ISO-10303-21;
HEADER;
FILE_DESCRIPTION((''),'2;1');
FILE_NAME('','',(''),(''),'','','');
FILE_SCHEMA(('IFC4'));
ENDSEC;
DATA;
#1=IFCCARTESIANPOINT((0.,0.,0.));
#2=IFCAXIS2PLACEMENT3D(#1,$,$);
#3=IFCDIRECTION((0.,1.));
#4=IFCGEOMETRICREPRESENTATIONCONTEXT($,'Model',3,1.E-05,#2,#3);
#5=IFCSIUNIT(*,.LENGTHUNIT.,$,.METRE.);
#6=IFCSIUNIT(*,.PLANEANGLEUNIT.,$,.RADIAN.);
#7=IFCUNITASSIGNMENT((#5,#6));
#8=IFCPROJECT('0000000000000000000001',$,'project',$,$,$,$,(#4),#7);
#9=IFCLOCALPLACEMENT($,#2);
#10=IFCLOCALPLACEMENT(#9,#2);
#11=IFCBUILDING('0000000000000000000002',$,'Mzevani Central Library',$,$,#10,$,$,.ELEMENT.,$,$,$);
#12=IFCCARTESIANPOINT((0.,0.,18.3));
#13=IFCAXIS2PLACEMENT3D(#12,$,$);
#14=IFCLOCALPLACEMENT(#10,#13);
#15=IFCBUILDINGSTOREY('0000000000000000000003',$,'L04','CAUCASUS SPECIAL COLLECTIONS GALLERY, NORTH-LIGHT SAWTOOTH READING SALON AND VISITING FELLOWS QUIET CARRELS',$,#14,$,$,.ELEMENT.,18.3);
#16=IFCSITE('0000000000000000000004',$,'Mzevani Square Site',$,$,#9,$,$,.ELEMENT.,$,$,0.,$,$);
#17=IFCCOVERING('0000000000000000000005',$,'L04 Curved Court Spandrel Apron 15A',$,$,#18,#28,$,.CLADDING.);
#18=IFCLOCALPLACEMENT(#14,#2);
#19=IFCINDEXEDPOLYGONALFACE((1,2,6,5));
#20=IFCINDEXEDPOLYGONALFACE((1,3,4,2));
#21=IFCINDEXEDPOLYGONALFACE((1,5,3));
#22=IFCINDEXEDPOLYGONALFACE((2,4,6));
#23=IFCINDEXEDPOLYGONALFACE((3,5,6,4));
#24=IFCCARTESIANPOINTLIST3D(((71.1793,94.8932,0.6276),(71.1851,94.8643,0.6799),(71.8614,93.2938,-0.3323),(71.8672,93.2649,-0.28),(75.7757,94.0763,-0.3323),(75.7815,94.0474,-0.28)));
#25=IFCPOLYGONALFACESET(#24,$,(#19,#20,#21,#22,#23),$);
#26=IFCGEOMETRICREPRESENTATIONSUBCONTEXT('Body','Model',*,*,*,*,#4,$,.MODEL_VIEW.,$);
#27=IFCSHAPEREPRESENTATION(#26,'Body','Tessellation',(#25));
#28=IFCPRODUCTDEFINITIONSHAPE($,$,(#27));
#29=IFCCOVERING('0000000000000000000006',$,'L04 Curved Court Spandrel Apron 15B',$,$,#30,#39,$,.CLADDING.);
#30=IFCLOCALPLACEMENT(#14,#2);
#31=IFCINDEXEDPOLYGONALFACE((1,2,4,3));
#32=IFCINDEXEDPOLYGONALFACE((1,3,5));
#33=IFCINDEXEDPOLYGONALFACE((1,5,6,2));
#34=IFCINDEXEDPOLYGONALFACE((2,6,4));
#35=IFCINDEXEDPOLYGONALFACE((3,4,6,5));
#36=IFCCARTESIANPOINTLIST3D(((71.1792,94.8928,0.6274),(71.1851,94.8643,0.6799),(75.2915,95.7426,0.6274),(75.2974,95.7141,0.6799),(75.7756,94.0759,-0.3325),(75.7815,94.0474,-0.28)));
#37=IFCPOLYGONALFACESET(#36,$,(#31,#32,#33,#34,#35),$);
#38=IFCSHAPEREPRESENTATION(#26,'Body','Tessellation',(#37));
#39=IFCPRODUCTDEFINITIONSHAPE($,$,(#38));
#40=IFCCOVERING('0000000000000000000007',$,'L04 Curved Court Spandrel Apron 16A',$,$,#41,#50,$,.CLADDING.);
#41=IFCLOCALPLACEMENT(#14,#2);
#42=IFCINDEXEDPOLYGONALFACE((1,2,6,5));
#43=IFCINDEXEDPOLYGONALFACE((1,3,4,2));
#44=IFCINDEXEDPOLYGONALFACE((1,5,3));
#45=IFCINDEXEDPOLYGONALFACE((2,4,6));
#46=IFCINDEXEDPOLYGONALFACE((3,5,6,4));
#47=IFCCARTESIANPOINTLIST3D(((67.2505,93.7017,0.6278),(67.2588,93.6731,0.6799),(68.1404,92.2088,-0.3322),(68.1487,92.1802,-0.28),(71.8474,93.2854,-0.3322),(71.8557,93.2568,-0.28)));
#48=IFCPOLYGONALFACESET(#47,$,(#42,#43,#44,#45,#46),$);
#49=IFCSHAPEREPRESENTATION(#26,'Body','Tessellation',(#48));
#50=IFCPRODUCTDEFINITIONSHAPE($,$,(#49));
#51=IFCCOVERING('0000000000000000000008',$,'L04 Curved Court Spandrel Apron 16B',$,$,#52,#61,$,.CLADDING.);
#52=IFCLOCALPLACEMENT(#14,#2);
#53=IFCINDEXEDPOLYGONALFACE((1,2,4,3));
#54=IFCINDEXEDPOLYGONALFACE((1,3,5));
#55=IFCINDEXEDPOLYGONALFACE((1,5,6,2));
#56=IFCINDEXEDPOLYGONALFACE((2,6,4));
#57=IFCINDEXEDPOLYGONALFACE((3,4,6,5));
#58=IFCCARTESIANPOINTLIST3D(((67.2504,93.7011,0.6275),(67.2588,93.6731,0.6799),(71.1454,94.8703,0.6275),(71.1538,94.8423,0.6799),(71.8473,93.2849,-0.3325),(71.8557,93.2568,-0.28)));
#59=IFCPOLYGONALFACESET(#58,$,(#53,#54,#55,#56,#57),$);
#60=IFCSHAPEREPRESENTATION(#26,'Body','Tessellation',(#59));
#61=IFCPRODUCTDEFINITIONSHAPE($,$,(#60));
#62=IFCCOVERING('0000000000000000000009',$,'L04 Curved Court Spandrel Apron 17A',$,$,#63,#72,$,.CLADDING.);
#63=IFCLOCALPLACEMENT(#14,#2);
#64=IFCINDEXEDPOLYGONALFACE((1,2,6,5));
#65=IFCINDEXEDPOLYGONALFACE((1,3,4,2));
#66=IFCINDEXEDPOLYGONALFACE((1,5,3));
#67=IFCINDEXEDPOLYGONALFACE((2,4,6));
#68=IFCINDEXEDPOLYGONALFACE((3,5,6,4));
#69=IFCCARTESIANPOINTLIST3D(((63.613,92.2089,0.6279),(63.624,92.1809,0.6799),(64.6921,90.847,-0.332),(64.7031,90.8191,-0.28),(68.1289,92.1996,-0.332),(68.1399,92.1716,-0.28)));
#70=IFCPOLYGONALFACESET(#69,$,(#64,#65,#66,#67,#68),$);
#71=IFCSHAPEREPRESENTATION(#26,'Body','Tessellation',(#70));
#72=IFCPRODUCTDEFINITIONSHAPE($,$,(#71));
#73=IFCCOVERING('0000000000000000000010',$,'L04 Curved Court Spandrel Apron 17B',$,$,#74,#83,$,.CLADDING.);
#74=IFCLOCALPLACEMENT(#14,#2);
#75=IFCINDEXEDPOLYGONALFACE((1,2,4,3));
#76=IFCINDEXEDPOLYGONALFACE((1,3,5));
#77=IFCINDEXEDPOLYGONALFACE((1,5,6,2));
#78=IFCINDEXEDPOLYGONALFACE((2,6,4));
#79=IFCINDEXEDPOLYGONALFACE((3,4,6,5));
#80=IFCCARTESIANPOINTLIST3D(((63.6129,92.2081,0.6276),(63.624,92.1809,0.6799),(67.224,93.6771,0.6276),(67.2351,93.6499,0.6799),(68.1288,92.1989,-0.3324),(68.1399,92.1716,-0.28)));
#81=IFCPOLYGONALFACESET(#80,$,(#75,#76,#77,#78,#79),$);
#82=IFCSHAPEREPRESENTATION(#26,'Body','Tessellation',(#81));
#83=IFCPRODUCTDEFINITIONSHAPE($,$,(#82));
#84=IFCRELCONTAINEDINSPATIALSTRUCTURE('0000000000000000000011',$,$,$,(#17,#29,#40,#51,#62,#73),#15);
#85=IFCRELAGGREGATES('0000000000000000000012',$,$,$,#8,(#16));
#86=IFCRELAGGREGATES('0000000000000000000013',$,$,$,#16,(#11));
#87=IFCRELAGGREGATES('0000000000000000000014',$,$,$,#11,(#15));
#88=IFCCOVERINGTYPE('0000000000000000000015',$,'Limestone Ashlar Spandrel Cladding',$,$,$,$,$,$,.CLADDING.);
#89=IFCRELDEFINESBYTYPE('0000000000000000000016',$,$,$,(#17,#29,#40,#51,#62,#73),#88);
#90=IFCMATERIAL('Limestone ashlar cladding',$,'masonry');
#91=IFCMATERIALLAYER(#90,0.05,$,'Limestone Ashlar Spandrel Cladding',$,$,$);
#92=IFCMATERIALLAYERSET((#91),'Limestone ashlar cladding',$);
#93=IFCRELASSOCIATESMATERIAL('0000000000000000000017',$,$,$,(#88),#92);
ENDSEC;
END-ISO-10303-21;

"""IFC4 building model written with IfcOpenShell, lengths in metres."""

from ifc_helpers import new_model, si_unit, direction, frame, origin, place, context, subcontext, project, spatial, polyline, outline, extrude, material, layer, layer_set, type_object, element, save


model = new_model("IFC4")

# Units and contexts
model_context = context("Model", 3, precision=1e-05, world=origin(), true_north=direction((0.0, 1.0)))
body_context = subcontext(model_context, "Body", "Model", "MODEL_VIEW")
ifc_project = project(units=[si_unit("LENGTHUNIT", "METRE"), si_unit("PLANEANGLEUNIT", "RADIAN")], contexts=[model_context])

# Site, building, storey
site_placement = place(None, origin())
site = spatial("IfcSite", under=ifc_project, at=site_placement, Name="Mzevani Square Site", CompositionType="ELEMENT", RefElevation=0.0)
building_placement = place(site_placement, origin())
building = spatial("IfcBuilding", under=site, at=building_placement, Name="Mzevani Central Library", CompositionType="ELEMENT")
storey_placement = place(building_placement, frame((0.0, 0.0, 18.3)))
storey = spatial("IfcBuildingStorey", under=building, at=storey_placement, Name="L04", Description="CAUCASUS SPECIAL COLLECTIONS GALLERY, NORTH-LIGHT SAWTOOTH READING SALON AND VISITING FELLOWS QUIET CARRELS", CompositionType="ELEMENT", Elevation=18.3)

# Coverings
ifc_material_1 = material(Name="Limestone ashlar cladding", Category="masonry")
ifc_layer_1 = layer(ifc_material_1, 0.05, Name="Limestone Ashlar Spandrel Cladding")
ifc_layer_set_1 = layer_set([ifc_layer_1], Name="Limestone ashlar cladding")
covering_type = type_object("IfcCoveringType", Name="Limestone Ashlar Spandrel Cladding", PredefinedType="CLADDING", material=ifc_layer_set_1)
covering_1_placement = place(storey_placement, frame((75.7815, 94.0474, -0.28), z_axis=(0.096297, -0.481725, 0.871016), x_axis=(-0.980599, -0.196022, 0.0)))
element("IfcCovering", 1, at=covering_1_placement, inside=storey, type_object=covering_type, Name="L04 Curved Court Spandrel Apron 15A", PredefinedType="CLADDING", context=body_context, shape_type="SweptSolid", body=[
    extrude(outline(polyline([(0.0, 0.0), (3.9917, 0.0), (4.3471, -1.9541), (0.0, 0.0)])), origin(), (0.0, 0.0, -1.0), 0.0601),
])
covering_2_placement = place(storey_placement, frame((75.7815, 94.0474, -0.28), z_axis=(0.098186, -0.475108, 0.874432), x_axis=(-0.964394, 0.171396, 0.201413)))
element("IfcCovering", 2, at=covering_2_placement, inside=storey, type_object=covering_type, Name="L04 Curved Court Spandrel Apron 15B", PredefinedType="CLADDING", context=body_context, shape_type="SweptSolid", body=[
    extrude(outline(polyline([(0.0, 0.0), (4.7661, 0.0), (0.9459, -1.7433), (0.0, 0.0)])), origin(), (0.0, 0.0, -1.0), 0.0601),
])
covering_3_placement = place(storey_placement, frame((71.8557, 93.2568, -0.28), z_axis=(0.138258, -0.476035, 0.86849), x_axis=(-0.960317, -0.278912, 0.0)))
element("IfcCovering", 3, at=covering_3_placement, inside=storey, type_object=covering_type, Name="L04 Curved Court Spandrel Apron 16A", PredefinedType="CLADDING", context=body_context, shape_type="SweptSolid", body=[
    extrude(outline(polyline([(0.0, 0.0), (3.8602, 0.0), (4.2984, -1.9366), (0.0, 0.0)])), origin(), (0.0, 0.0, -1.0), 0.0601),
])
covering_4_placement = place(storey_placement, frame((71.8557, 93.2568, -0.28), z_axis=(0.140095, -0.466711, 0.873244), x_axis=(-0.975061, 0.088294, 0.203619)))
element("IfcCovering", 4, at=covering_4_placement, inside=storey, type_object=covering_type, Name="L04 Curved Court Spandrel Apron 16B", PredefinedType="CLADDING", context=body_context, shape_type="SweptSolid", body=[
    extrude(outline(polyline([(0.0, 0.0), (4.7145, 0.0), (1.0199, -1.6993), (0.0, 0.0)])), origin(), (0.0, 0.0, -1.0), 0.0601),
])
covering_5_placement = place(storey_placement, frame((68.1399, 92.1716, -0.28), z_axis=(0.183131, -0.465331, 0.865985), x_axis=(-0.930532, -0.366211, 0.0)))
element("IfcCovering", 5, at=covering_5_placement, inside=storey, type_object=covering_type, Name="L04 Curved Court Spandrel Apron 17A", PredefinedType="CLADDING", context=body_context, shape_type="SweptSolid", body=[
    extrude(outline(polyline([(0.0, 0.0), (3.6933, 0.0), (4.1988, -1.9197), (0.0, 0.0)])), origin(), (0.0, 0.0, -1.0), 0.0601),
])
covering_6_placement = place(storey_placement, frame((68.1399, 92.1716, -0.28), z_axis=(0.184439, -0.453387, 0.872022), x_axis=(-0.978142, 0.002009, 0.207929)))
element("IfcCovering", 6, at=covering_6_placement, inside=storey, type_object=covering_type, Name="L04 Curved Court Spandrel Apron 17B", PredefinedType="CLADDING", context=body_context, shape_type="SweptSolid", body=[
    extrude(outline(polyline([(0.0, 0.0), (4.6168, 0.0), (1.0876, -1.6561), (0.0, 0.0)])), origin(), (0.0, 0.0, -1.0), 0.0601),
])

save(model, "model.ifc")
